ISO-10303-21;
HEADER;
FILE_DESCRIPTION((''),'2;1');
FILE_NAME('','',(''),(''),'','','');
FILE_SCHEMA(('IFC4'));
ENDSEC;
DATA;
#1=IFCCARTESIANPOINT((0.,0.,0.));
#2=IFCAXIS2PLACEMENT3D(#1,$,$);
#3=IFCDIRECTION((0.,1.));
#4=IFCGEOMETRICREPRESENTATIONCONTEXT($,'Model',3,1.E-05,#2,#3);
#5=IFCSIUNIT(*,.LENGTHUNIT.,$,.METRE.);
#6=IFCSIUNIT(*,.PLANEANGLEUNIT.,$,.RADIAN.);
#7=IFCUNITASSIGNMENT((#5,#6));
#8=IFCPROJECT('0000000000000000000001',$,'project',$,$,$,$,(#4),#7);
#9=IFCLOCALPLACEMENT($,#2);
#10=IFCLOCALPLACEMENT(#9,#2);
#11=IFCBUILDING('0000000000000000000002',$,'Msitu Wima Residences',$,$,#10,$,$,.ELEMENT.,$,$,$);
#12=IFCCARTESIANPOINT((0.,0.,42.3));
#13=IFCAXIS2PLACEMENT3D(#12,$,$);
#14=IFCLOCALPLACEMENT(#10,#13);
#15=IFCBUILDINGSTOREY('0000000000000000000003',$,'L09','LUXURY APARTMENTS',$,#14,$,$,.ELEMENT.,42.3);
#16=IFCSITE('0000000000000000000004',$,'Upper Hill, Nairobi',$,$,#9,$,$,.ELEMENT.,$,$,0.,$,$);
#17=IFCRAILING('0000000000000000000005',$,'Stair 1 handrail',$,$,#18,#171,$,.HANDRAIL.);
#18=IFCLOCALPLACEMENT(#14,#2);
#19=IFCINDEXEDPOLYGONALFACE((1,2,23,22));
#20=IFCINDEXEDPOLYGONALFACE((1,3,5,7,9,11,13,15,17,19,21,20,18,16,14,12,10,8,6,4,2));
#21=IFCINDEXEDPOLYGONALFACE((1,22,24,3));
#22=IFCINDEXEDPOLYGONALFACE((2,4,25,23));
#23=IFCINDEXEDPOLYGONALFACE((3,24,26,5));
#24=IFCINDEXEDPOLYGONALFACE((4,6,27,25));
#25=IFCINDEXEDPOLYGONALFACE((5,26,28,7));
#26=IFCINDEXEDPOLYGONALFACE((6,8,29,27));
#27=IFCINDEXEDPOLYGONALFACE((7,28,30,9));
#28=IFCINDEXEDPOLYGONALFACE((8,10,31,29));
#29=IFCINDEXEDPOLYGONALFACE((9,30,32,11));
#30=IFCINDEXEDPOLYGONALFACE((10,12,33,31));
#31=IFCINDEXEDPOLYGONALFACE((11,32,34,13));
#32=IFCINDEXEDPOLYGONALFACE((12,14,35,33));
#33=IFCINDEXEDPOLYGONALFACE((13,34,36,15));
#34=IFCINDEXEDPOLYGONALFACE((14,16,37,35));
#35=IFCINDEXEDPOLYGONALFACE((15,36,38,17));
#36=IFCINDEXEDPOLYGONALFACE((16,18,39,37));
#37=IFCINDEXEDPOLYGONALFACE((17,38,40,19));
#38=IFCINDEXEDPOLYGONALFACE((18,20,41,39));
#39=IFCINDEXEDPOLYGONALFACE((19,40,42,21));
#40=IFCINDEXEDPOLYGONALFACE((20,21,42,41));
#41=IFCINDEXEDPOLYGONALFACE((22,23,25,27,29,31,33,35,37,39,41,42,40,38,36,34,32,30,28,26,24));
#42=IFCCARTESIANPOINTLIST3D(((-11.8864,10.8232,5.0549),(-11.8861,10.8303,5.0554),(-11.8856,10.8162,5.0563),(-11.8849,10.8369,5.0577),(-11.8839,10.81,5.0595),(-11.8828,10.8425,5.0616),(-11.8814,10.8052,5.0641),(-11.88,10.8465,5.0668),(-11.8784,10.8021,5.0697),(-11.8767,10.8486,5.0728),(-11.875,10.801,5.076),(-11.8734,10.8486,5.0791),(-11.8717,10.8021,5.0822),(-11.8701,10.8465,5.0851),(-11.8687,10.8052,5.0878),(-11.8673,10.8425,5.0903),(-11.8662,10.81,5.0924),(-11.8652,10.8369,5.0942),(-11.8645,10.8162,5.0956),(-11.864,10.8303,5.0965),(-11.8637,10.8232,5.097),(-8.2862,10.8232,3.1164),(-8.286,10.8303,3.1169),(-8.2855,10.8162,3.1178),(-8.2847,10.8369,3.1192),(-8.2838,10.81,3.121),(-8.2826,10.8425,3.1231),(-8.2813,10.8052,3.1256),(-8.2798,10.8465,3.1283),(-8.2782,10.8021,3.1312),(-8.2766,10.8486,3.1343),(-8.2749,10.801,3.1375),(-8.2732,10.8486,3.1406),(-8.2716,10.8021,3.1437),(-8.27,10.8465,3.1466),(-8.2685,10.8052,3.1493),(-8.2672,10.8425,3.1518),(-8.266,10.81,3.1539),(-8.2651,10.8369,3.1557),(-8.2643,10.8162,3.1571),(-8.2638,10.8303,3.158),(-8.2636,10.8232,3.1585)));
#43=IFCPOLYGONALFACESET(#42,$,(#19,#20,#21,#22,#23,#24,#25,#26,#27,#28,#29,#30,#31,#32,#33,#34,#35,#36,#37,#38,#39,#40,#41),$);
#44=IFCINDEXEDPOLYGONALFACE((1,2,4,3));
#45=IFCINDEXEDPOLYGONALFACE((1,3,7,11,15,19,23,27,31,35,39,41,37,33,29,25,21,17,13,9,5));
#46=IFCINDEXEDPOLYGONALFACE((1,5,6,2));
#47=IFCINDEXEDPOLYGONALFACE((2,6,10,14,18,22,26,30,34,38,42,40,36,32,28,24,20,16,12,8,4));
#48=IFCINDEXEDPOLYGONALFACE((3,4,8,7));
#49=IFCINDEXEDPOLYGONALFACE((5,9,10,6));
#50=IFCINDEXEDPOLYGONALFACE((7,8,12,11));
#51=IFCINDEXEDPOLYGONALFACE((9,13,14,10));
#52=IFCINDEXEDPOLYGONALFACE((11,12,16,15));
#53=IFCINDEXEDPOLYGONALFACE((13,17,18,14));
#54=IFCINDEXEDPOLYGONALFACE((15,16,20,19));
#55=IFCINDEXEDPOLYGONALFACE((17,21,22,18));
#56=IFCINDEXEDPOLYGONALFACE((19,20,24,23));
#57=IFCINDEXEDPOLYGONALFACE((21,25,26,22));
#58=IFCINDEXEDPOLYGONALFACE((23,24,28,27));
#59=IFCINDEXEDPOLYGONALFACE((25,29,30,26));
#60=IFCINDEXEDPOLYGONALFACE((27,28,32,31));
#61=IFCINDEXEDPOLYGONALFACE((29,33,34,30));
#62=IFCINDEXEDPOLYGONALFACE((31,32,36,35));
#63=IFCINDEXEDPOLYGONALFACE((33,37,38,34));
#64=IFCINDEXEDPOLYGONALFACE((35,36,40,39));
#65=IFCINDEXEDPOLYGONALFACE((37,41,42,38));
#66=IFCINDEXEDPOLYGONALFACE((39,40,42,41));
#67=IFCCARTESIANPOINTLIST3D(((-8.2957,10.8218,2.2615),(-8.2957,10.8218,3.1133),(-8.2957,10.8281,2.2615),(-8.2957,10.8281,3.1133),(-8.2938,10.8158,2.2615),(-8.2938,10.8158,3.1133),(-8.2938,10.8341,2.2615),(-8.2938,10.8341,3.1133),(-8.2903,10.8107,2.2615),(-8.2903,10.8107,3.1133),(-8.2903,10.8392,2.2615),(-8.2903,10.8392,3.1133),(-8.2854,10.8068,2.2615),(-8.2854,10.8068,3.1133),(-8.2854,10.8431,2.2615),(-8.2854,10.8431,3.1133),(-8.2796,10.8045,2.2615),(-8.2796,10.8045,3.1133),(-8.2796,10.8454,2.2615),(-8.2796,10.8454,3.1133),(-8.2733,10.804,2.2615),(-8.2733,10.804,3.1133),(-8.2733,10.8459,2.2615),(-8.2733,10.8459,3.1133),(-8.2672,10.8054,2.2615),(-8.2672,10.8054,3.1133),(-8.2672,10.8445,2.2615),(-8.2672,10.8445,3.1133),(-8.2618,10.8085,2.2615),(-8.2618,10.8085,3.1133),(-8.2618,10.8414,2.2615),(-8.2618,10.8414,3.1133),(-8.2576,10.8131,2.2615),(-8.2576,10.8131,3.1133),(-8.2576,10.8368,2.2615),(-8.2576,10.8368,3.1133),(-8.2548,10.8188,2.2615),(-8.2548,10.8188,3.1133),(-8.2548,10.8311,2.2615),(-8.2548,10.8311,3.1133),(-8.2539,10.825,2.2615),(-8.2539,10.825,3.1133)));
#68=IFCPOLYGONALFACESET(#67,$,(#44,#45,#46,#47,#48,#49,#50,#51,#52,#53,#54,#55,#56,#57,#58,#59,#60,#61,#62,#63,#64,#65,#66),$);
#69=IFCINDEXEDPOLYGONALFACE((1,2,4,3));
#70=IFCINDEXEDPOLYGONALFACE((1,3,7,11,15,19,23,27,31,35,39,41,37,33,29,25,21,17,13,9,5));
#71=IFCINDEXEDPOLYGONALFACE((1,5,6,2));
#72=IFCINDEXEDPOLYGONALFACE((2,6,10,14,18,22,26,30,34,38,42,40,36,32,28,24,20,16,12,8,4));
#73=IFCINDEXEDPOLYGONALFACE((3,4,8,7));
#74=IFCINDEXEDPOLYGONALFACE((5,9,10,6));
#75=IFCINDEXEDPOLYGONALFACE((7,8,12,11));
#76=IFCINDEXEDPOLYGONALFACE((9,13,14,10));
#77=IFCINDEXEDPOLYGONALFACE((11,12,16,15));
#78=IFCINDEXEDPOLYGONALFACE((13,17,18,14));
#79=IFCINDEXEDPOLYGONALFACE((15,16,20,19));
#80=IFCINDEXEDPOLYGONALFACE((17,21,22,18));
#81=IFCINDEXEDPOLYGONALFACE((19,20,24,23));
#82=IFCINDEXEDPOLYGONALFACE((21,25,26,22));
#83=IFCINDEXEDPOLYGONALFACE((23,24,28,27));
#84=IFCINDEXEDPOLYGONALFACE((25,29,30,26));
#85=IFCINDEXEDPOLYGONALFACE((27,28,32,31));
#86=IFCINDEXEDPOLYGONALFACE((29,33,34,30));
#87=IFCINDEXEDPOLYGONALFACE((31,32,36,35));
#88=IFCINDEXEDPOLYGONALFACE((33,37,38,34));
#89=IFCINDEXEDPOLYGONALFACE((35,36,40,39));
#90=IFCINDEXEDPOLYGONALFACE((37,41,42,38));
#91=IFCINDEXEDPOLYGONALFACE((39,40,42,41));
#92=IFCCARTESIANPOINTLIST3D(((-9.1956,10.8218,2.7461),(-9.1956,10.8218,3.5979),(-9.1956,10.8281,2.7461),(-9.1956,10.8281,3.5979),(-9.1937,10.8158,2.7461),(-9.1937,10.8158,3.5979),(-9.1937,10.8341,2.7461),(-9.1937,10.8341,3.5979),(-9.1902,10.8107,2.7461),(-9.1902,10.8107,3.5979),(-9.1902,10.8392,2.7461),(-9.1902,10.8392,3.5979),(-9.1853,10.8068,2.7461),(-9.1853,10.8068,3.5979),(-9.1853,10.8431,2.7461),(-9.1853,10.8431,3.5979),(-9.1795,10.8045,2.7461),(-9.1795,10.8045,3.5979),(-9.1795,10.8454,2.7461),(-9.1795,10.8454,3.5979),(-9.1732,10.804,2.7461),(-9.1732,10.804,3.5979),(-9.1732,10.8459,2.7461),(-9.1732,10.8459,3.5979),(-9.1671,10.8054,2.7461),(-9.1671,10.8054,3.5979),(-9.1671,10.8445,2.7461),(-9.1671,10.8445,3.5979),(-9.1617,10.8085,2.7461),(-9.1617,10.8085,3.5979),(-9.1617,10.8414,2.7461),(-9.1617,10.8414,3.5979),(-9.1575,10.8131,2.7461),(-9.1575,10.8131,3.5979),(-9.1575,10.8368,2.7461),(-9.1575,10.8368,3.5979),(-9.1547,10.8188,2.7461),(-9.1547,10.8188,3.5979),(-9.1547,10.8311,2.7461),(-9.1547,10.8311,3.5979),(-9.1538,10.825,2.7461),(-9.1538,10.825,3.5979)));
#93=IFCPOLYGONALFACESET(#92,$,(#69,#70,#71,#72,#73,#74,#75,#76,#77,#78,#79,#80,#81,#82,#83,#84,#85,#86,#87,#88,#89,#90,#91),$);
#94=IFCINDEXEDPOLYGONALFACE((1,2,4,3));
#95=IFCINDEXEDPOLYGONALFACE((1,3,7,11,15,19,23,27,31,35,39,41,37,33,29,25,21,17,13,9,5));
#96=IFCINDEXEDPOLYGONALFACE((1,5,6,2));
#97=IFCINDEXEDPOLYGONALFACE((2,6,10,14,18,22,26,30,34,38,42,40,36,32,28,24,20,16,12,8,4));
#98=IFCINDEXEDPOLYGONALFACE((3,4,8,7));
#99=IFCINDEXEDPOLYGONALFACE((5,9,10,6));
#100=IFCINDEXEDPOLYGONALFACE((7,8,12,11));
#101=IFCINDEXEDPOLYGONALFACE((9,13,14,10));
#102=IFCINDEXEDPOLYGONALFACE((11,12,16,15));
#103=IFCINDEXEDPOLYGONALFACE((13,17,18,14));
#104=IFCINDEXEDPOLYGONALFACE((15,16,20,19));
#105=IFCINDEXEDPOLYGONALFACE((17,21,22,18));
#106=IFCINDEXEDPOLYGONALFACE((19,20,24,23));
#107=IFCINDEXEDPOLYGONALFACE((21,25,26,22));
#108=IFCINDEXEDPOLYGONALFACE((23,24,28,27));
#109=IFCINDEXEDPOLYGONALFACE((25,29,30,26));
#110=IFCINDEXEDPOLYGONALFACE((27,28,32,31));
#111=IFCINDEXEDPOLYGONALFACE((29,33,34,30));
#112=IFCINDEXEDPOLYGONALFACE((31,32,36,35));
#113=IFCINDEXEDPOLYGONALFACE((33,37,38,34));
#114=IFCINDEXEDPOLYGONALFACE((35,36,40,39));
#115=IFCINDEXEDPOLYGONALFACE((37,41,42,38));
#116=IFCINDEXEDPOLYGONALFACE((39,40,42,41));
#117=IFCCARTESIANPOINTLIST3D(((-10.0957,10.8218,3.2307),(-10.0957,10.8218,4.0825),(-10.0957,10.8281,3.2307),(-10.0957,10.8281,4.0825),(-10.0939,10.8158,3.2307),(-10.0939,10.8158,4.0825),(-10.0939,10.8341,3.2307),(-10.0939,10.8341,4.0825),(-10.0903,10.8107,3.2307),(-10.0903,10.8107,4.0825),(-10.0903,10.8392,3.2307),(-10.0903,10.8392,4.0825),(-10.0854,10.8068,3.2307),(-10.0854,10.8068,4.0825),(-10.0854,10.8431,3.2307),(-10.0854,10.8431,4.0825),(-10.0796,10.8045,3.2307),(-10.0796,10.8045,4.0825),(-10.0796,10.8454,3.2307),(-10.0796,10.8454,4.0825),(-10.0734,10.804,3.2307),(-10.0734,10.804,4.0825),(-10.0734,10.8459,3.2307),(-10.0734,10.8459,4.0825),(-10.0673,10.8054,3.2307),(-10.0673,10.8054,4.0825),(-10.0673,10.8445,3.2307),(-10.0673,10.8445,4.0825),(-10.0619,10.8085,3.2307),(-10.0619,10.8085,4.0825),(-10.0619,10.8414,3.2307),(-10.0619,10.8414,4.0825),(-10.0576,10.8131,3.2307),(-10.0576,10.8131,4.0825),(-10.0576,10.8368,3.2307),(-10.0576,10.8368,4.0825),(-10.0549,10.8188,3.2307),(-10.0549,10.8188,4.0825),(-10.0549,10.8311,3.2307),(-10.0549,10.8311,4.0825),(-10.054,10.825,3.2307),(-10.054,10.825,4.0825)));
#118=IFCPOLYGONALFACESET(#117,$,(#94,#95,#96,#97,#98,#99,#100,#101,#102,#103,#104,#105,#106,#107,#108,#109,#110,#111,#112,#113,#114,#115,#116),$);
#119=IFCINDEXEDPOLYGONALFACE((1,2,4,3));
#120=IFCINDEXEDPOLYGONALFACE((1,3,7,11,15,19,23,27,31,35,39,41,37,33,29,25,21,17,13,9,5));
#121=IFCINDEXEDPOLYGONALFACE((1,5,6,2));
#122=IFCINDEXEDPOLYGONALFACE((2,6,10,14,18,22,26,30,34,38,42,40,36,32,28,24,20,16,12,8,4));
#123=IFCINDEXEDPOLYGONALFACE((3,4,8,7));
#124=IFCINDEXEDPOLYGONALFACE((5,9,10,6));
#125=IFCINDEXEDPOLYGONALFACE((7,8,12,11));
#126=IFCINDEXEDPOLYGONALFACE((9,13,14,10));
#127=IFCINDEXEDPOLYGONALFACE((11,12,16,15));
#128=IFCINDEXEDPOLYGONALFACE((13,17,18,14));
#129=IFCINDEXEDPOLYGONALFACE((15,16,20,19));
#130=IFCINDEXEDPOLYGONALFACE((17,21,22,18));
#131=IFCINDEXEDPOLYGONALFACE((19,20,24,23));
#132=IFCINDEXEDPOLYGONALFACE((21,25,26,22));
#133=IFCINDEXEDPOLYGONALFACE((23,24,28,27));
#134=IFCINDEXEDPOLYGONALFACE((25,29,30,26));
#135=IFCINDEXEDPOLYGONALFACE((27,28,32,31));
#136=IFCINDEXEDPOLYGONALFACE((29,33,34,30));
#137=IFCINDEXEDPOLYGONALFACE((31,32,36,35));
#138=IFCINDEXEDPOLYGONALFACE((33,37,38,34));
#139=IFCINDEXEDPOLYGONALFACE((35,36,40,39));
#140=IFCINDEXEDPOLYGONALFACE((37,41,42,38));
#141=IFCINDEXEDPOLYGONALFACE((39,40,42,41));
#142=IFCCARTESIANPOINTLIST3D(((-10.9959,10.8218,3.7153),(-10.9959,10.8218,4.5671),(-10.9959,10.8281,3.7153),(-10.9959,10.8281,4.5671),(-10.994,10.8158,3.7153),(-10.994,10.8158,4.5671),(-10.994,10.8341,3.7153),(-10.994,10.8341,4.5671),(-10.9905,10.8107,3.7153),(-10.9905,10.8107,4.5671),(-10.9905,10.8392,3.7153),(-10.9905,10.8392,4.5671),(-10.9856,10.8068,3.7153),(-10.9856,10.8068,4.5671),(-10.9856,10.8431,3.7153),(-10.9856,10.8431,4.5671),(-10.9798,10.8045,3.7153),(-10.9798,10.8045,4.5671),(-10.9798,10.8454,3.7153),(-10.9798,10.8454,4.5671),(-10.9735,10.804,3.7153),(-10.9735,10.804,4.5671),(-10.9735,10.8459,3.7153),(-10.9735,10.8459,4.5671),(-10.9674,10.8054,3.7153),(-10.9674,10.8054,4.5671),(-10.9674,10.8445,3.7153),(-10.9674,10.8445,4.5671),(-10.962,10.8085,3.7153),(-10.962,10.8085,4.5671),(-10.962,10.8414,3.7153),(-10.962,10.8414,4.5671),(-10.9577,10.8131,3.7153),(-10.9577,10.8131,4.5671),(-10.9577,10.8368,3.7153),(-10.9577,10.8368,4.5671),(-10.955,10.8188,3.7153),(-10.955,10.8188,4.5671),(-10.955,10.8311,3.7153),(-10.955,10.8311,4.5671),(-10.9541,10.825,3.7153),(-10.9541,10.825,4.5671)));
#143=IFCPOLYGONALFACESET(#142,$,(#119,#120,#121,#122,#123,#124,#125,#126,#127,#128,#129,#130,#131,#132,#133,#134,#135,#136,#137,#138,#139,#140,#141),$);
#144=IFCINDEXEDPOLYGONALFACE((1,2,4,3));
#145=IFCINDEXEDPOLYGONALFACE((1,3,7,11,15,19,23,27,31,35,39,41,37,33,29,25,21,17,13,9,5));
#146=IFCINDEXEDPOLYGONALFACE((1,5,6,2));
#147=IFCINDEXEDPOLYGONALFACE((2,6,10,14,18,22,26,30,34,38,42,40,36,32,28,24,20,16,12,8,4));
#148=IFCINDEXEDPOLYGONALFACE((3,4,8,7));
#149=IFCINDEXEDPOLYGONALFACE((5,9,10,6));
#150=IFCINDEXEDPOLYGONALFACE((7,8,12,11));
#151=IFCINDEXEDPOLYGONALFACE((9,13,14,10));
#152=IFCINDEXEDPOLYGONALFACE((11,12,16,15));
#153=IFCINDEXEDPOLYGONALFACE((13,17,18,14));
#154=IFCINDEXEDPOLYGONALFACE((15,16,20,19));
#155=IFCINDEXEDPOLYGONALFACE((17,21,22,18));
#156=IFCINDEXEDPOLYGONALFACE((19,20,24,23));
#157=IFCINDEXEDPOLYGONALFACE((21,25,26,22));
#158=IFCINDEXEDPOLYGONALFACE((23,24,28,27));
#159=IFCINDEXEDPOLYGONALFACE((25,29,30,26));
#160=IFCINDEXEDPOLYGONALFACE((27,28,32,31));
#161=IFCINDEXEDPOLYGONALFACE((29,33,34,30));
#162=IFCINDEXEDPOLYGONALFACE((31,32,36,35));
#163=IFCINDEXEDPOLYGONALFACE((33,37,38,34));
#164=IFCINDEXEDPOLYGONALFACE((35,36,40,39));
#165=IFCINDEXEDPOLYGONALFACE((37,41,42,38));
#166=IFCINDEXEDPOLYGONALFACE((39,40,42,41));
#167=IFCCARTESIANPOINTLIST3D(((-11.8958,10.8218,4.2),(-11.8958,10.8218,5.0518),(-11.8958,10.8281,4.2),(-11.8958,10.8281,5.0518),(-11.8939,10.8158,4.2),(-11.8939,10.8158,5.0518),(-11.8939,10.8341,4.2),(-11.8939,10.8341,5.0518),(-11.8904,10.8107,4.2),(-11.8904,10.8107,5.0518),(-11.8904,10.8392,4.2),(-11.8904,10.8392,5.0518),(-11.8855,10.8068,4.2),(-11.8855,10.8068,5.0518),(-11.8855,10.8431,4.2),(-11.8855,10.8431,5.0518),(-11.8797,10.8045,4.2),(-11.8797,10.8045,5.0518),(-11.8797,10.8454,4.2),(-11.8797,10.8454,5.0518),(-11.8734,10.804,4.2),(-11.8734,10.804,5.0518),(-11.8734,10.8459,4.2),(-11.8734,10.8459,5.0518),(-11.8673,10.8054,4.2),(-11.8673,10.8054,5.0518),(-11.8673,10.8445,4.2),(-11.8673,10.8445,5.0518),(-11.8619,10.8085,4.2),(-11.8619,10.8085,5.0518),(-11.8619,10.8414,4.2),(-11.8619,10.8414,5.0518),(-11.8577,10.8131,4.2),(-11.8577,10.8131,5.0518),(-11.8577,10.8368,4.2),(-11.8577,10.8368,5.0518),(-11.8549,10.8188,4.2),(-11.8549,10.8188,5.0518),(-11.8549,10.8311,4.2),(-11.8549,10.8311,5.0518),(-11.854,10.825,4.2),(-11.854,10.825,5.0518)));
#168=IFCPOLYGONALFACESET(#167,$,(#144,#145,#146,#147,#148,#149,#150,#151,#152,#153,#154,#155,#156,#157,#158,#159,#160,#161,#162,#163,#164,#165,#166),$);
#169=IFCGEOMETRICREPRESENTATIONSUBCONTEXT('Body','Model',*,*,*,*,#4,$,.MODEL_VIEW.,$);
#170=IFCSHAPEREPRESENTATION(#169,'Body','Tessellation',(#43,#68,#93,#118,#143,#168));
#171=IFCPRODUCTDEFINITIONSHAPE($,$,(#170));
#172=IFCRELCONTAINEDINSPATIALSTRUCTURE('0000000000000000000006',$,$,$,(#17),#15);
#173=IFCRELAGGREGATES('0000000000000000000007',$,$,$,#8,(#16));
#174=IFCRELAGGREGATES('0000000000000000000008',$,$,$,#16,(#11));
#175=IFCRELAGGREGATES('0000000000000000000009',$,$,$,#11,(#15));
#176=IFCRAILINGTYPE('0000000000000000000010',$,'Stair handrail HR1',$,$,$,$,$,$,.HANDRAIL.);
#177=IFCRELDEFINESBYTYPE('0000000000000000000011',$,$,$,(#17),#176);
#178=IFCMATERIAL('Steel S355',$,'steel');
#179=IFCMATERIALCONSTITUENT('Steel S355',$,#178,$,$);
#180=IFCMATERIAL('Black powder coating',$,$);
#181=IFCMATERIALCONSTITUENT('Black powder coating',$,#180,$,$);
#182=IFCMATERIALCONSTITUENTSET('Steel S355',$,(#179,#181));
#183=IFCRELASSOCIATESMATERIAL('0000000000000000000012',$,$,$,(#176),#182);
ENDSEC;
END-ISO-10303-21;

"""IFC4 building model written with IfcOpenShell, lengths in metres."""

from ifc_helpers import new_model, si_unit, direction, frame, origin, origin_2d, place, context, subcontext, project, spatial, circle, extrude, material, constituent, constituent_set, type_object, element, save


model = new_model("IFC4")

# Units and contexts
model_context = context("Model", 3, precision=1e-05, world=origin(), true_north=direction((0.0, 1.0)))
body_context = subcontext(model_context, "Body", "Model", "MODEL_VIEW")
ifc_project = project(units=[si_unit("LENGTHUNIT", "METRE"), si_unit("PLANEANGLEUNIT", "RADIAN")], contexts=[model_context])

# Site, building, storey
site_placement = place(None, origin())
site = spatial("IfcSite", under=ifc_project, at=site_placement, Name="Upper Hill, Nairobi", CompositionType="ELEMENT", RefElevation=0.0)
building_placement = place(site_placement, origin())
building = spatial("IfcBuilding", under=site, at=building_placement, Name="Msitu Wima Residences", CompositionType="ELEMENT")
storey_placement = place(building_placement, frame((0.0, 0.0, 42.3)))
storey = spatial("IfcBuildingStorey", under=building, at=storey_placement, Name="L09", Description="LUXURY APARTMENTS", CompositionType="ELEMENT", Elevation=42.3)

# Railing
ifc_material_1 = material(Name="Steel S355", Category="steel")
ifc_constituent_1 = constituent(ifc_material_1, Name="Steel S355")
ifc_material_2 = material(Name="Black powder coating")
ifc_constituent_2 = constituent(ifc_material_2, Name="Black powder coating")
ifc_constituent_set = constituent_set(constituents=[ifc_constituent_1, ifc_constituent_2], Name="Steel S355")
railing_type = type_object("IfcRailingType", Name="Stair handrail HR1", PredefinedType="HANDRAIL", material=ifc_constituent_set)
for number, where, name in (
    (1, (-8.2749, 10.825, 2.2615), "Stair 1 handrail"),
):
    element("IfcRailing", number, at=place(storey_placement, frame(where)), inside=storey, type_object=railing_type, Name=name, PredefinedType="HANDRAIL", context=body_context, shape_type="SweptSolid", body=[
        extrude(circle(Radius=0.0239, at=origin_2d()), frame((0.0, 0.0, 0.876), z_axis=(-0.880475, 0.0, 0.474093), x_axis=(0.0, -1.0, 0.0)), (0.0, 0.0, 1.0), 4.0889),
        extrude(circle(Radius=0.021, at=origin_2d()), origin(), (0.0, 0.0, 1.0), 0.8518),
        extrude(circle(Radius=0.021, at=origin_2d()), frame((-0.8999, 0.0, 0.4846)), (0.0, 0.0, 1.0), 0.8518),
        extrude(circle(Radius=0.021, at=origin_2d()), frame((-1.8, 0.0, 0.9692)), (0.0, 0.0, 1.0), 0.8518),
        extrude(circle(Radius=0.021, at=origin_2d()), frame((-2.7002, 0.0, 1.4539)), (0.0, 0.0, 1.0), 0.8518),
        extrude(circle(Radius=0.021, at=origin_2d()), frame((-3.6001, 0.0, 1.9385)), (0.0, 0.0, 1.0), 0.8518),
    ])

save(model, "model.ifc")
